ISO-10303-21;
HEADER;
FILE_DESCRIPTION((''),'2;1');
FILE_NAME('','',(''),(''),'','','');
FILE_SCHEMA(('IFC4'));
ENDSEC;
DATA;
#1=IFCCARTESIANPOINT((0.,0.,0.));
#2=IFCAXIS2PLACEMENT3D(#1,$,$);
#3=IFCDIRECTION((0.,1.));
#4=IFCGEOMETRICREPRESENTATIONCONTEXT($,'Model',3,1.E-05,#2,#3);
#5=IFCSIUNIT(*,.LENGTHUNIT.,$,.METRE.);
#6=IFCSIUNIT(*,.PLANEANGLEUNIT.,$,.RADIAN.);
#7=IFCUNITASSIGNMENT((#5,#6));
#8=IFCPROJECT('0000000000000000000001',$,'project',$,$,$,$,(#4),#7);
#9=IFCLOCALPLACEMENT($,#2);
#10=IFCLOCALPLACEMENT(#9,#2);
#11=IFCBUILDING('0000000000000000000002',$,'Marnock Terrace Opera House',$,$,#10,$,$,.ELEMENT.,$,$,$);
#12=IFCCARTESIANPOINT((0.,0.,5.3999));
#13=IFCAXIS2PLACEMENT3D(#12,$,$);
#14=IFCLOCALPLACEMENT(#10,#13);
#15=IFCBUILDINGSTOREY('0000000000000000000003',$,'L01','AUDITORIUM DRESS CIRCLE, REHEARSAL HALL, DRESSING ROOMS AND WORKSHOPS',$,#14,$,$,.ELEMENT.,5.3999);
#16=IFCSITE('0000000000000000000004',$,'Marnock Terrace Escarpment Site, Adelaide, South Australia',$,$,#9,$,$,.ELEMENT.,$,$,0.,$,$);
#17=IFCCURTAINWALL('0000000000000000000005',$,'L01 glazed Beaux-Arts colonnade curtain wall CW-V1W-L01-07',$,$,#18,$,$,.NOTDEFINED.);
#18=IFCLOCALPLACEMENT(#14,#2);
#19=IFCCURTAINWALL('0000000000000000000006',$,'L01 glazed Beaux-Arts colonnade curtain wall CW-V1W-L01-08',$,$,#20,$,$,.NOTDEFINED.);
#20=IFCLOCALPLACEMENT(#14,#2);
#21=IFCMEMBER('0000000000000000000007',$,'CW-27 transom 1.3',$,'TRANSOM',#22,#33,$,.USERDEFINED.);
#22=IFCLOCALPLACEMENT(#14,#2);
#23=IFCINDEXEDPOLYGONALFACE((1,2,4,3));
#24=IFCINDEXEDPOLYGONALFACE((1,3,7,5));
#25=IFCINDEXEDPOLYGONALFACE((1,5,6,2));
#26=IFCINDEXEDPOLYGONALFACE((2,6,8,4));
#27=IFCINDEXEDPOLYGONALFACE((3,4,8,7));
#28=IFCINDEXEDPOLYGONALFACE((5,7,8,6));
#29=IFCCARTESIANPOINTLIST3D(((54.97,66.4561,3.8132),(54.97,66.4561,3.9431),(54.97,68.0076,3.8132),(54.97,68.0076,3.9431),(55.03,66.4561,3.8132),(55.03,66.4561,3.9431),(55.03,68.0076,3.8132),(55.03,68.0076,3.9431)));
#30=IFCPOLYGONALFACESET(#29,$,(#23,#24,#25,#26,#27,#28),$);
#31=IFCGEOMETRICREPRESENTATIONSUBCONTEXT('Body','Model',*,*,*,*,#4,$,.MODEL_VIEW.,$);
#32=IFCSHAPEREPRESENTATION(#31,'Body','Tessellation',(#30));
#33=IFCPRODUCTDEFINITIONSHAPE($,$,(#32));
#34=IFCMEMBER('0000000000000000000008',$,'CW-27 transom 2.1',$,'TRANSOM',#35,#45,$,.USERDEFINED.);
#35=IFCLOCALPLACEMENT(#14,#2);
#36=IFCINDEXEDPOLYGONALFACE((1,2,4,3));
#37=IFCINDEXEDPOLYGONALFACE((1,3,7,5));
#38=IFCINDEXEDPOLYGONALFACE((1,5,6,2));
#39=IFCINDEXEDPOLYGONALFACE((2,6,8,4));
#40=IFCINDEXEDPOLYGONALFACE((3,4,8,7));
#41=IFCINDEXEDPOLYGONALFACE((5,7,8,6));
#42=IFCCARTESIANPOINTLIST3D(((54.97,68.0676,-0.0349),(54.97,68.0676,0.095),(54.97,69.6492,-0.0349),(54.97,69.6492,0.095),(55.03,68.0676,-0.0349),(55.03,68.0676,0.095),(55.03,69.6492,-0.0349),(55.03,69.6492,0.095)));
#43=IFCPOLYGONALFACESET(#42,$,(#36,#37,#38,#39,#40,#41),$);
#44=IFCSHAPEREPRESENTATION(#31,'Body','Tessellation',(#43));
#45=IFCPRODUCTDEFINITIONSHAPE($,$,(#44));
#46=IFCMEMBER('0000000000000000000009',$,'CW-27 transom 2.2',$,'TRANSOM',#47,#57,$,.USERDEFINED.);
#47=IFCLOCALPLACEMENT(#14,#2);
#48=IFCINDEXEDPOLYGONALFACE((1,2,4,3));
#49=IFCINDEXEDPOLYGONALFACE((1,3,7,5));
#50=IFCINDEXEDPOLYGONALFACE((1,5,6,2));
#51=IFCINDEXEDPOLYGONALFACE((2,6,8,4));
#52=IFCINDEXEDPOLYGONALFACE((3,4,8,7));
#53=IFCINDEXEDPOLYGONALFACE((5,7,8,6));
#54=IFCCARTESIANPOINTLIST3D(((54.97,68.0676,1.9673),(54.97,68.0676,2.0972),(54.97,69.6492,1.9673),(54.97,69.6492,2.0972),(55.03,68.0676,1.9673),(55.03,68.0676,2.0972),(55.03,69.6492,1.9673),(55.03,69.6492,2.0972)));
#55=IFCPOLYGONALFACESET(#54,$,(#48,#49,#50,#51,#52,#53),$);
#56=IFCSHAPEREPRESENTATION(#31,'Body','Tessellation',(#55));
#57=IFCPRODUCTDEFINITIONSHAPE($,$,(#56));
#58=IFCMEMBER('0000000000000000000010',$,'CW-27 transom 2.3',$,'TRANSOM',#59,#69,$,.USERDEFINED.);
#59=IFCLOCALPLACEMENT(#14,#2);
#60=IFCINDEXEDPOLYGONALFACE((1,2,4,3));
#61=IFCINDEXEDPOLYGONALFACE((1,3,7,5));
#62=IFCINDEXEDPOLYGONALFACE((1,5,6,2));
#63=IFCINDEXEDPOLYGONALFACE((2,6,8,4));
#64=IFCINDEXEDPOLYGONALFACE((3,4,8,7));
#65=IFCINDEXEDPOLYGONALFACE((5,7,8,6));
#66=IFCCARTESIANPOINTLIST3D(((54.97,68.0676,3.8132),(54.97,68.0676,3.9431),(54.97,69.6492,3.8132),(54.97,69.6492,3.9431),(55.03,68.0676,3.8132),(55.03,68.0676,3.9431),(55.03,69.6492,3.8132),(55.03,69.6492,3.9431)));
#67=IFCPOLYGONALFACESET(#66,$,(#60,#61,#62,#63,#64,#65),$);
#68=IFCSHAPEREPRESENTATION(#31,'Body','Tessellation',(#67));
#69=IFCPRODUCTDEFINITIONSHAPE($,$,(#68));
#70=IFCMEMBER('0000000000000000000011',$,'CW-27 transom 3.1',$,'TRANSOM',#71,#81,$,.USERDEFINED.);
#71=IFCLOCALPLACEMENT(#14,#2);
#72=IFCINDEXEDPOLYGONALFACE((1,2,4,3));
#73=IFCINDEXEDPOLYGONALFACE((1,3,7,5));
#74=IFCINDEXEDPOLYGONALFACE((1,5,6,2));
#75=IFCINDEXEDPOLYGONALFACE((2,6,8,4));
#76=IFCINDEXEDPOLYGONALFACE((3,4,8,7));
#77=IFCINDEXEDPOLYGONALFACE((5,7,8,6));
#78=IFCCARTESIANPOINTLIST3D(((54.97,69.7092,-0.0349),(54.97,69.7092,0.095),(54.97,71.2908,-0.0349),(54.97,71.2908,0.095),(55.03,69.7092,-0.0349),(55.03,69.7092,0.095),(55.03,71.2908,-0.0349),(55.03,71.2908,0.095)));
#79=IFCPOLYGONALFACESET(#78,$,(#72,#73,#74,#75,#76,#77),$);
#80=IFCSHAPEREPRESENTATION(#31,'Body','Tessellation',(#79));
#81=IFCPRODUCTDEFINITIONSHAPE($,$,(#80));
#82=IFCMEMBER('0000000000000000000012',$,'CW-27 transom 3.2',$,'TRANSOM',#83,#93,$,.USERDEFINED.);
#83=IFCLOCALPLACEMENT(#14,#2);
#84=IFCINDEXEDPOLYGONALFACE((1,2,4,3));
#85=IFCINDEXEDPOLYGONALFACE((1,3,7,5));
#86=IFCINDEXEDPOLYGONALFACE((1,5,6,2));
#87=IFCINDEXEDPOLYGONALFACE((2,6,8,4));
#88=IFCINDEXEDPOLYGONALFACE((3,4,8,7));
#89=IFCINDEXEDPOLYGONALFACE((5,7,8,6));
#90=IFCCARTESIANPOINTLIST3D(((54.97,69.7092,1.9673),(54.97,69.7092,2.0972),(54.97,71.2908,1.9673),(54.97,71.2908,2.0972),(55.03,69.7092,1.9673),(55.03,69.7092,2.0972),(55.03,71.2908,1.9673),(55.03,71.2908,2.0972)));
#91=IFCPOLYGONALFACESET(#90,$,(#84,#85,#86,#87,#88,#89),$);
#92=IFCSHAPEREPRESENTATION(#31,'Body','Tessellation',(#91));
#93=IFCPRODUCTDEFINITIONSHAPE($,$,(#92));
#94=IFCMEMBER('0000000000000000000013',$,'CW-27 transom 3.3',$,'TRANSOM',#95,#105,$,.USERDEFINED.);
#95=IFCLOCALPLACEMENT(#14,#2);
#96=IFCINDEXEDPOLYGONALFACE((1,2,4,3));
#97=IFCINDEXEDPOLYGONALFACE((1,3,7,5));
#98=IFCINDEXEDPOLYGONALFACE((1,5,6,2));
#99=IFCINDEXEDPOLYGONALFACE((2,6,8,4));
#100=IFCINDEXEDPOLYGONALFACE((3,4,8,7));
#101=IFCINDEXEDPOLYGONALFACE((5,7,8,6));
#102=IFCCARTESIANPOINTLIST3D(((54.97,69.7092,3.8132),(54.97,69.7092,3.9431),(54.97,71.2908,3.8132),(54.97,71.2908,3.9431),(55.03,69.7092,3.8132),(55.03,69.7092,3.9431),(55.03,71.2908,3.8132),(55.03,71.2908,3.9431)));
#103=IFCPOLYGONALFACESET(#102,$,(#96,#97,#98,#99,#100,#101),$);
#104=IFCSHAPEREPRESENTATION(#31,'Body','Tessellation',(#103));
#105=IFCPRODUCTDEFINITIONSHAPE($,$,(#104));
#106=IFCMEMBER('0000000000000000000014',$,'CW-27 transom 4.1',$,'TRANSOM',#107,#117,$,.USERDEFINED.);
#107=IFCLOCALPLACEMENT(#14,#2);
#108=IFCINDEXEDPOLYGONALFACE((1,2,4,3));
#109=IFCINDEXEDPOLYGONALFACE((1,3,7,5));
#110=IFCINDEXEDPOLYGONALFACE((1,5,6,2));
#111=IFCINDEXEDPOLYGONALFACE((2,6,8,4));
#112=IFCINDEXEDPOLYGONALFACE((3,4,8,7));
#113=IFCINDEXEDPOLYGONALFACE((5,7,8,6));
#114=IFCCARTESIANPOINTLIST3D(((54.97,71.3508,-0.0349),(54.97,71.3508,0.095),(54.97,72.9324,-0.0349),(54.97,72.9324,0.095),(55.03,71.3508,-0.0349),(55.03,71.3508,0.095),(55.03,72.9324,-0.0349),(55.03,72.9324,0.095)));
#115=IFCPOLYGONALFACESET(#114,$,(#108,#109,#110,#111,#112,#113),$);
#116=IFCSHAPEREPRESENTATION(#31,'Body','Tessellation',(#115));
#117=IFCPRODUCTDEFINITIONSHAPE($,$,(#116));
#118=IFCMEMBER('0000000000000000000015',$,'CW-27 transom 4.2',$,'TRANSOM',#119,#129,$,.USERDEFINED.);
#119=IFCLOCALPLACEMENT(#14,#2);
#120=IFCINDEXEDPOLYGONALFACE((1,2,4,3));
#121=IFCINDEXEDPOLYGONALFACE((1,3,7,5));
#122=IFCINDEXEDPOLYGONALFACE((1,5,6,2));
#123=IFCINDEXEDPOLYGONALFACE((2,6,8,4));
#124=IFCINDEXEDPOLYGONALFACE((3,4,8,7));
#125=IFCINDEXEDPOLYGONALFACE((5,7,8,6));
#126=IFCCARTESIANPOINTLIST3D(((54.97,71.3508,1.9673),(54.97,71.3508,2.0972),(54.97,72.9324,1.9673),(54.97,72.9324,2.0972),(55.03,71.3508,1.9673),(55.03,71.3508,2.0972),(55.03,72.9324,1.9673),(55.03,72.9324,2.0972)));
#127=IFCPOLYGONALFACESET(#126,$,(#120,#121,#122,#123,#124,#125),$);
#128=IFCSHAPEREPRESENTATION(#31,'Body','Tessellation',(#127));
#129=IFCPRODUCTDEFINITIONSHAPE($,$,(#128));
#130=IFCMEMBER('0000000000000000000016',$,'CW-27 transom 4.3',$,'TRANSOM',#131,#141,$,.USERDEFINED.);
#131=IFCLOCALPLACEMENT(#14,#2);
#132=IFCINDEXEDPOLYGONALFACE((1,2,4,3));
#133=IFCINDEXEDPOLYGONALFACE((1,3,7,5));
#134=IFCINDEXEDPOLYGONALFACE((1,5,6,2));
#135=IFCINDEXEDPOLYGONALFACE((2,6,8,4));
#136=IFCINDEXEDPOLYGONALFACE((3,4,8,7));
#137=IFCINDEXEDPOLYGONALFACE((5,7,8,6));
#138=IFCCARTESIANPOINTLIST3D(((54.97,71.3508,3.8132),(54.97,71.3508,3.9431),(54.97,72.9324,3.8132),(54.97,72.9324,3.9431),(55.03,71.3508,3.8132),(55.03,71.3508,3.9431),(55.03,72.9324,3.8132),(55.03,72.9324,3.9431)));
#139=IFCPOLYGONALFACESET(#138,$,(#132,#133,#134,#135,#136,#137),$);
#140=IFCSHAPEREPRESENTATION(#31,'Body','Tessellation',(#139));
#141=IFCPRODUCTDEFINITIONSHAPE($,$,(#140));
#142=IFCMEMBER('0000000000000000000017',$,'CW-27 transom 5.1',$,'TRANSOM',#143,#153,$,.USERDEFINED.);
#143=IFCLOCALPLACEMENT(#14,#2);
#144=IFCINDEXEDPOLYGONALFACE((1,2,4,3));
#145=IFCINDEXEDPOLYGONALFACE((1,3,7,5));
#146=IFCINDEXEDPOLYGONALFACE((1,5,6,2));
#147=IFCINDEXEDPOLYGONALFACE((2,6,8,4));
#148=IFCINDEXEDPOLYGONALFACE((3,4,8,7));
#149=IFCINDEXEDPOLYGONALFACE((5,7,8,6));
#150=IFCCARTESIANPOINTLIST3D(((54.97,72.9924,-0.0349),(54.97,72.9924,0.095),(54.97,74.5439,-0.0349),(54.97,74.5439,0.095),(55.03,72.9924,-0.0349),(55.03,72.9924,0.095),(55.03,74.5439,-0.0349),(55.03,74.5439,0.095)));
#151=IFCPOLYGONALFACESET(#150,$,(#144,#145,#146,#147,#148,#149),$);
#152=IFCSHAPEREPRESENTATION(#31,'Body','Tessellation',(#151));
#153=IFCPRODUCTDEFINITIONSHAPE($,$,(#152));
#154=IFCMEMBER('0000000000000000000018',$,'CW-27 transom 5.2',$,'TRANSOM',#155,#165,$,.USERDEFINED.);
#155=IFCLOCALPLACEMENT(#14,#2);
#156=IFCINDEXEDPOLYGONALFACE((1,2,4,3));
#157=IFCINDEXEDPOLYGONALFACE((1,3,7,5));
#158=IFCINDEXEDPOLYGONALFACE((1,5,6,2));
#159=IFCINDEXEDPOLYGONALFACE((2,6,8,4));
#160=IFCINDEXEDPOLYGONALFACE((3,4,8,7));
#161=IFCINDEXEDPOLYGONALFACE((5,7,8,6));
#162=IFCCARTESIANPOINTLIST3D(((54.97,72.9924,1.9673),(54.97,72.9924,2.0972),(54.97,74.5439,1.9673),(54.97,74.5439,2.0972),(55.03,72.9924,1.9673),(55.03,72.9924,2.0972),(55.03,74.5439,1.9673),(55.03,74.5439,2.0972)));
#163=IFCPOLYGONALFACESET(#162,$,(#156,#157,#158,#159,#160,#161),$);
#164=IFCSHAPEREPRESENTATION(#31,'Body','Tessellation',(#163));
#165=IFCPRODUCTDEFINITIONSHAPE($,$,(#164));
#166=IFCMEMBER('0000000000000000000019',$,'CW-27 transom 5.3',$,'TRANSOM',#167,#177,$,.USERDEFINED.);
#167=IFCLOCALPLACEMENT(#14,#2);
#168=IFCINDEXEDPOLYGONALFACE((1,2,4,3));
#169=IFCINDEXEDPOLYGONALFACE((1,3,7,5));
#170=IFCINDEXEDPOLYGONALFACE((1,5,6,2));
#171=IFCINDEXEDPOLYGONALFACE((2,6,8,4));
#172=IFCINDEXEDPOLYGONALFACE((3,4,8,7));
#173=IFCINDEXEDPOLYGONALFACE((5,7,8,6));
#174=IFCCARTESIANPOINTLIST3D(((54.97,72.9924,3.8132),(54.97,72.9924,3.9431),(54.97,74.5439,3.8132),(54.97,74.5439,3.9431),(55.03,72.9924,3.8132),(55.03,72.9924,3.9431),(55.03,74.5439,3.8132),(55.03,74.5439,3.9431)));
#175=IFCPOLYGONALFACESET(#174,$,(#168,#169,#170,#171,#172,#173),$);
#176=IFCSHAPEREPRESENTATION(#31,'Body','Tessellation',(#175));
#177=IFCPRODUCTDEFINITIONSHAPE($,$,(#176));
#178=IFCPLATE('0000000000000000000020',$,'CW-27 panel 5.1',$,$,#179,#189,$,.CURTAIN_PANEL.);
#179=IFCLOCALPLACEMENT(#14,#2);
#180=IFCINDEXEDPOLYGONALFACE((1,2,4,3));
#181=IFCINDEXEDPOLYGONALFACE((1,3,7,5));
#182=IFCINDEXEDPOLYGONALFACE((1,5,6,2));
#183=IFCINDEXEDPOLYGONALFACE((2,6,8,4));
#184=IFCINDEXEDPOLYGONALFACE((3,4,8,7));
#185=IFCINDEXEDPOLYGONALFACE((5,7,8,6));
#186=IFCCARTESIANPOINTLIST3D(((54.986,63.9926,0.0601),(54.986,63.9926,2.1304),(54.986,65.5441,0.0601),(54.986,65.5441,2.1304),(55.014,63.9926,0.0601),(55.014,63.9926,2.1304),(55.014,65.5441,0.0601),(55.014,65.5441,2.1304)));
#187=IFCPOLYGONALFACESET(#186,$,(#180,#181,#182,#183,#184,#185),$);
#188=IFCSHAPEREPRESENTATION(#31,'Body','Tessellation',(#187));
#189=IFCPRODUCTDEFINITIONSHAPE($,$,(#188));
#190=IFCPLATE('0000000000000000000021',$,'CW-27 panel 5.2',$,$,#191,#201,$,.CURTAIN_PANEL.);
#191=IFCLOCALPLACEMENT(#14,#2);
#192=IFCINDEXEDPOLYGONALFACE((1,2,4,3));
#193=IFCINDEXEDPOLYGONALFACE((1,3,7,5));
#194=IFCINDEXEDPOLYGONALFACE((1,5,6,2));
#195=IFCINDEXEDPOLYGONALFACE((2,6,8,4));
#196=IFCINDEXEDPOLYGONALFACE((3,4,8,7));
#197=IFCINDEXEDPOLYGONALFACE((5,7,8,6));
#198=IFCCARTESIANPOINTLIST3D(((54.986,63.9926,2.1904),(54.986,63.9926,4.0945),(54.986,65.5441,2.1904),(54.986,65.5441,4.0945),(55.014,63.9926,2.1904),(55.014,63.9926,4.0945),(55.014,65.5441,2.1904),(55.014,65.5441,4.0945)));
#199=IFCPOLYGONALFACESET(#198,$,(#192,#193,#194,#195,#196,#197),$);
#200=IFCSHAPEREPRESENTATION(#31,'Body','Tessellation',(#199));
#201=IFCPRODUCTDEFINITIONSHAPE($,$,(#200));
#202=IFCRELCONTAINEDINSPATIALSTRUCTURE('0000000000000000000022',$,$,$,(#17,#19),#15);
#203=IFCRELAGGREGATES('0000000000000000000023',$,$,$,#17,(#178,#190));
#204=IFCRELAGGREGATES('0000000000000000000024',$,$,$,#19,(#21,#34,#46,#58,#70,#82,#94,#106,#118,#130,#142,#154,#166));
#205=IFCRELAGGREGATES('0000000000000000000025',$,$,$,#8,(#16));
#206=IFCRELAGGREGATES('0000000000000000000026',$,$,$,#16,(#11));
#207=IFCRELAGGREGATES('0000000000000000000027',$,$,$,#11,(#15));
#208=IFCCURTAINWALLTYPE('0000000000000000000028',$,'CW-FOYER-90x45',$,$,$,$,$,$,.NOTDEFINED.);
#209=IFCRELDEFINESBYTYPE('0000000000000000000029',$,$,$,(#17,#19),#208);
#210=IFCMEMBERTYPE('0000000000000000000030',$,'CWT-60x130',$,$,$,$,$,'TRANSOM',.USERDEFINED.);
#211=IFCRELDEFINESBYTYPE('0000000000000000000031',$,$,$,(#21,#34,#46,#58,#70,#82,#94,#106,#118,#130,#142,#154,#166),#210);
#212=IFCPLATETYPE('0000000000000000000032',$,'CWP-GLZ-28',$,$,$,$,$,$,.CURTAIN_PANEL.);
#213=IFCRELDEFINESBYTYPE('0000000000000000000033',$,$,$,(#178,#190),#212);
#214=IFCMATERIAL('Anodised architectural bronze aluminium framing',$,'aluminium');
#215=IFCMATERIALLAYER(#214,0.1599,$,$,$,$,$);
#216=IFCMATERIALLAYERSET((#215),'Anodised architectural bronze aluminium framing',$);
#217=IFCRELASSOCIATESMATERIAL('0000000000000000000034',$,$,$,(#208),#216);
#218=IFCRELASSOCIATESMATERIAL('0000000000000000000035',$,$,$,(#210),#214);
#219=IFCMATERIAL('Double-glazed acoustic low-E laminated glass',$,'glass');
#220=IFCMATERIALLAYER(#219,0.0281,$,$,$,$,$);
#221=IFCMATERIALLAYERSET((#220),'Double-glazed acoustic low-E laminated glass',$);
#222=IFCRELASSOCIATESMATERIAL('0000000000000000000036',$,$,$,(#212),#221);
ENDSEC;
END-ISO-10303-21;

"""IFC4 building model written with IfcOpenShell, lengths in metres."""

from ifc_helpers import new_model, si_unit, direction, frame, origin, origin_2d, place, context, subcontext, project, spatial, rectangle, extrude, material, layer, layer_set, material_profile, profile_set, type_object, element, aggregate, save


model = new_model("IFC4")

# Units and contexts
model_context = context("Model", 3, precision=1e-05, world=origin(), true_north=direction((0.0, 1.0)))
body_context = subcontext(model_context, "Body", "Model", "MODEL_VIEW")
ifc_project = project(units=[si_unit("LENGTHUNIT", "METRE"), si_unit("PLANEANGLEUNIT", "RADIAN")], contexts=[model_context])

# Site, building, storey
site_placement = place(None, origin())
site = spatial("IfcSite", under=ifc_project, at=site_placement, Name="Marnock Terrace Escarpment Site, Adelaide, South Australia", CompositionType="ELEMENT", RefElevation=0.0)
building_placement = place(site_placement, origin())
building = spatial("IfcBuilding", under=site, at=building_placement, Name="Marnock Terrace Opera House", CompositionType="ELEMENT")
storey_placement = place(building_placement, frame((0.0, 0.0, 5.3999)))
storey = spatial("IfcBuildingStorey", under=building, at=storey_placement, Name="L01", Description="AUDITORIUM DRESS CIRCLE, REHEARSAL HALL, DRESSING ROOMS AND WORKSHOPS", CompositionType="ELEMENT", Elevation=5.3999)

# Curtain wall
ifc_material_1 = material(Name="Anodised architectural bronze aluminium framing", Category="aluminium")
ifc_layer_1 = layer(ifc_material_1, 0.1599)
ifc_layer_set_1 = layer_set([ifc_layer_1], Name="Anodised architectural bronze aluminium framing")
curtain_wall_type = type_object("IfcCurtainWallType", Name="CW-FOYER-90x45", PredefinedType="NOTDEFINED", material=ifc_layer_set_1)
curtain_wall_1_placement = place(storey_placement, origin())
curtain_wall_1 = element("IfcCurtainWall", 1, at=curtain_wall_1_placement, inside=storey, type_object=curtain_wall_type, Name="L01 glazed Beaux-Arts colonnade curtain wall CW-V1W-L01-07", PredefinedType="NOTDEFINED")

# Curtain wall, members
curtain_wall_2_placement = place(storey_placement, origin())
curtain_wall_2 = element("IfcCurtainWall", 2, at=curtain_wall_2_placement, inside=storey, type_object=curtain_wall_type, Name="L01 glazed Beaux-Arts colonnade curtain wall CW-V1W-L01-08", PredefinedType="NOTDEFINED")
ifc_material_profile_1 = material_profile(ifc_material_1, rectangle(XDim=0.0601, YDim=0.1299, at=origin_2d()))
ifc_profile_set_1 = profile_set([ifc_material_profile_1], Name="Anodised architectural bronze aluminium framing")
member_type_1 = type_object("IfcMemberType", Name="CWT-60x130", ElementType="TRANSOM", PredefinedType="USERDEFINED", material=ifc_profile_set_1)
member_1_placement = place(storey_placement, frame((55.0, 66.4561, 3.8782), z_axis=(0.0, 1.0, 0.0), x_axis=(-1.0, 0.0, 0.0)))
member_1 = element("IfcMember", 3, at=member_1_placement, type_object=member_type_1, Name="CW-27 transom 1.3", ObjectType="TRANSOM", PredefinedType="USERDEFINED", context=body_context, shape_type="SweptSolid", body=[
    extrude(rectangle(XDim=0.0601, YDim=0.1299, at=origin_2d()), origin(), (0.0, 0.0, 1.0), 1.5515),
])
member_2_placement = place(storey_placement, frame((55.0, 68.0676, 0.03), z_axis=(0.0, 1.0, 0.0), x_axis=(-1.0, 0.0, 0.0)))
member_2 = element("IfcMember", 4, at=member_2_placement, type_object=member_type_1, Name="CW-27 transom 2.1", ObjectType="TRANSOM", PredefinedType="USERDEFINED", context=body_context, shape_type="SweptSolid", body=[
    extrude(rectangle(XDim=0.0601, YDim=0.1299, at=origin_2d()), origin(), (0.0, 0.0, 1.0), 1.5815),
])
member_3_placement = place(storey_placement, frame((55.0, 68.0676, 2.0322), z_axis=(0.0, 1.0, 0.0), x_axis=(-1.0, 0.0, 0.0)))
member_3 = element("IfcMember", 5, at=member_3_placement, type_object=member_type_1, Name="CW-27 transom 2.2", ObjectType="TRANSOM", PredefinedType="USERDEFINED", context=body_context, shape_type="SweptSolid", body=[
    extrude(rectangle(XDim=0.0601, YDim=0.1299, at=origin_2d()), origin(), (0.0, 0.0, 1.0), 1.5815),
])
member_4_placement = place(storey_placement, frame((55.0, 68.0676, 3.8782), z_axis=(0.0, 1.0, 0.0), x_axis=(-1.0, 0.0, 0.0)))
member_4 = element("IfcMember", 6, at=member_4_placement, type_object=member_type_1, Name="CW-27 transom 2.3", ObjectType="TRANSOM", PredefinedType="USERDEFINED", context=body_context, shape_type="SweptSolid", body=[
    extrude(rectangle(XDim=0.0601, YDim=0.1299, at=origin_2d()), origin(), (0.0, 0.0, 1.0), 1.5815),
])
member_5_placement = place(storey_placement, frame((55.0, 69.7092, 0.03), z_axis=(0.0, 1.0, 0.0), x_axis=(-1.0, 0.0, 0.0)))
member_5 = element("IfcMember", 7, at=member_5_placement, type_object=member_type_1, Name="CW-27 transom 3.1", ObjectType="TRANSOM", PredefinedType="USERDEFINED", context=body_context, shape_type="SweptSolid", body=[
    extrude(rectangle(XDim=0.0601, YDim=0.1299, at=origin_2d()), origin(), (0.0, 0.0, 1.0), 1.5815),
])
member_6_placement = place(storey_placement, frame((55.0, 69.7092, 2.0322), z_axis=(0.0, 1.0, 0.0), x_axis=(-1.0, 0.0, 0.0)))
member_6 = element("IfcMember", 8, at=member_6_placement, type_object=member_type_1, Name="CW-27 transom 3.2", ObjectType="TRANSOM", PredefinedType="USERDEFINED", context=body_context, shape_type="SweptSolid", body=[
    extrude(rectangle(XDim=0.0601, YDim=0.1299, at=origin_2d()), origin(), (0.0, 0.0, 1.0), 1.5815),
])
member_7_placement = place(storey_placement, frame((55.0, 69.7092, 3.8782), z_axis=(0.0, 1.0, 0.0), x_axis=(-1.0, 0.0, 0.0)))
member_7 = element("IfcMember", 9, at=member_7_placement, type_object=member_type_1, Name="CW-27 transom 3.3", ObjectType="TRANSOM", PredefinedType="USERDEFINED", context=body_context, shape_type="SweptSolid", body=[
    extrude(rectangle(XDim=0.0601, YDim=0.1299, at=origin_2d()), origin(), (0.0, 0.0, 1.0), 1.5815),
])
member_8_placement = place(storey_placement, frame((55.0, 71.3508, 0.03), z_axis=(0.0, 1.0, 0.0), x_axis=(-1.0, 0.0, 0.0)))
member_8 = element("IfcMember", 10, at=member_8_placement, type_object=member_type_1, Name="CW-27 transom 4.1", ObjectType="TRANSOM", PredefinedType="USERDEFINED", context=body_context, shape_type="SweptSolid", body=[
    extrude(rectangle(XDim=0.0601, YDim=0.1299, at=origin_2d()), origin(), (0.0, 0.0, 1.0), 1.5815),
])
member_9_placement = place(storey_placement, frame((55.0, 71.3508, 2.0322), z_axis=(0.0, 1.0, 0.0), x_axis=(-1.0, 0.0, 0.0)))
member_9 = element("IfcMember", 11, at=member_9_placement, type_object=member_type_1, Name="CW-27 transom 4.2", ObjectType="TRANSOM", PredefinedType="USERDEFINED", context=body_context, shape_type="SweptSolid", body=[
    extrude(rectangle(XDim=0.0601, YDim=0.1299, at=origin_2d()), origin(), (0.0, 0.0, 1.0), 1.5815),
])
member_10_placement = place(storey_placement, frame((55.0, 71.3508, 3.8782), z_axis=(0.0, 1.0, 0.0), x_axis=(-1.0, 0.0, 0.0)))
member_10 = element("IfcMember", 12, at=member_10_placement, type_object=member_type_1, Name="CW-27 transom 4.3", ObjectType="TRANSOM", PredefinedType="USERDEFINED", context=body_context, shape_type="SweptSolid", body=[
    extrude(rectangle(XDim=0.0601, YDim=0.1299, at=origin_2d()), origin(), (0.0, 0.0, 1.0), 1.5815),
])
member_11_placement = place(storey_placement, frame((55.0, 72.9924, 0.03), z_axis=(0.0, 1.0, 0.0), x_axis=(-1.0, 0.0, 0.0)))
member_11 = element("IfcMember", 13, at=member_11_placement, type_object=member_type_1, Name="CW-27 transom 5.1", ObjectType="TRANSOM", PredefinedType="USERDEFINED", context=body_context, shape_type="SweptSolid", body=[
    extrude(rectangle(XDim=0.0601, YDim=0.1299, at=origin_2d()), origin(), (0.0, 0.0, 1.0), 1.5515),
])
member_12_placement = place(storey_placement, frame((55.0, 72.9924, 2.0322), z_axis=(0.0, 1.0, 0.0), x_axis=(-1.0, 0.0, 0.0)))
member_12 = element("IfcMember", 14, at=member_12_placement, type_object=member_type_1, Name="CW-27 transom 5.2", ObjectType="TRANSOM", PredefinedType="USERDEFINED", context=body_context, shape_type="SweptSolid", body=[
    extrude(rectangle(XDim=0.0601, YDim=0.1299, at=origin_2d()), origin(), (0.0, 0.0, 1.0), 1.5515),
])
member_13_placement = place(storey_placement, frame((55.0, 72.9924, 3.8782), z_axis=(0.0, 1.0, 0.0), x_axis=(-1.0, 0.0, 0.0)))
member_13 = element("IfcMember", 15, at=member_13_placement, type_object=member_type_1, Name="CW-27 transom 5.3", ObjectType="TRANSOM", PredefinedType="USERDEFINED", context=body_context, shape_type="SweptSolid", body=[
    extrude(rectangle(XDim=0.0601, YDim=0.1299, at=origin_2d()), origin(), (0.0, 0.0, 1.0), 1.5515),
])

# Plates
ifc_material_2 = material(Name="Double-glazed acoustic low-E laminated glass", Category="glass")
ifc_layer_2 = layer(ifc_material_2, 0.0281)
ifc_layer_set_2 = layer_set([ifc_layer_2], Name="Double-glazed acoustic low-E laminated glass")
plate_type_1 = type_object("IfcPlateType", Name="CWP-GLZ-28", PredefinedType="CURTAIN_PANEL", material=ifc_layer_set_2)
plate_1_placement = place(storey_placement, frame((55.0, 64.7683, 0.0601), z_axis=(0.0, 0.0, 1.0), x_axis=(0.0, 1.0, 0.0)))
plate_1 = element("IfcPlate", 16, at=plate_1_placement, type_object=plate_type_1, Name="CW-27 panel 5.1", PredefinedType="CURTAIN_PANEL", context=body_context, shape_type="SweptSolid", body=[
    extrude(rectangle(XDim=1.5515, YDim=0.0281, at=origin_2d()), origin(), (0.0, 0.0, 1.0), 2.0703),
])
plate_2_placement = place(storey_placement, frame((55.0, 64.7683, 2.1904), z_axis=(0.0, 0.0, 1.0), x_axis=(0.0, 1.0, 0.0)))
plate_2 = element("IfcPlate", 17, at=plate_2_placement, type_object=plate_type_1, Name="CW-27 panel 5.2", PredefinedType="CURTAIN_PANEL", context=body_context, shape_type="SweptSolid", body=[
    extrude(rectangle(XDim=1.5515, YDim=0.0281, at=origin_2d()), origin(), (0.0, 0.0, 1.0), 1.9041),
])
aggregate(curtain_wall_1, [plate_1, plate_2])
aggregate(curtain_wall_2, [member_1, member_2, member_3, member_4, member_5, member_6, member_7, member_8, member_9, member_10, member_11, member_12, member_13])

save(model, "model.ifc")
